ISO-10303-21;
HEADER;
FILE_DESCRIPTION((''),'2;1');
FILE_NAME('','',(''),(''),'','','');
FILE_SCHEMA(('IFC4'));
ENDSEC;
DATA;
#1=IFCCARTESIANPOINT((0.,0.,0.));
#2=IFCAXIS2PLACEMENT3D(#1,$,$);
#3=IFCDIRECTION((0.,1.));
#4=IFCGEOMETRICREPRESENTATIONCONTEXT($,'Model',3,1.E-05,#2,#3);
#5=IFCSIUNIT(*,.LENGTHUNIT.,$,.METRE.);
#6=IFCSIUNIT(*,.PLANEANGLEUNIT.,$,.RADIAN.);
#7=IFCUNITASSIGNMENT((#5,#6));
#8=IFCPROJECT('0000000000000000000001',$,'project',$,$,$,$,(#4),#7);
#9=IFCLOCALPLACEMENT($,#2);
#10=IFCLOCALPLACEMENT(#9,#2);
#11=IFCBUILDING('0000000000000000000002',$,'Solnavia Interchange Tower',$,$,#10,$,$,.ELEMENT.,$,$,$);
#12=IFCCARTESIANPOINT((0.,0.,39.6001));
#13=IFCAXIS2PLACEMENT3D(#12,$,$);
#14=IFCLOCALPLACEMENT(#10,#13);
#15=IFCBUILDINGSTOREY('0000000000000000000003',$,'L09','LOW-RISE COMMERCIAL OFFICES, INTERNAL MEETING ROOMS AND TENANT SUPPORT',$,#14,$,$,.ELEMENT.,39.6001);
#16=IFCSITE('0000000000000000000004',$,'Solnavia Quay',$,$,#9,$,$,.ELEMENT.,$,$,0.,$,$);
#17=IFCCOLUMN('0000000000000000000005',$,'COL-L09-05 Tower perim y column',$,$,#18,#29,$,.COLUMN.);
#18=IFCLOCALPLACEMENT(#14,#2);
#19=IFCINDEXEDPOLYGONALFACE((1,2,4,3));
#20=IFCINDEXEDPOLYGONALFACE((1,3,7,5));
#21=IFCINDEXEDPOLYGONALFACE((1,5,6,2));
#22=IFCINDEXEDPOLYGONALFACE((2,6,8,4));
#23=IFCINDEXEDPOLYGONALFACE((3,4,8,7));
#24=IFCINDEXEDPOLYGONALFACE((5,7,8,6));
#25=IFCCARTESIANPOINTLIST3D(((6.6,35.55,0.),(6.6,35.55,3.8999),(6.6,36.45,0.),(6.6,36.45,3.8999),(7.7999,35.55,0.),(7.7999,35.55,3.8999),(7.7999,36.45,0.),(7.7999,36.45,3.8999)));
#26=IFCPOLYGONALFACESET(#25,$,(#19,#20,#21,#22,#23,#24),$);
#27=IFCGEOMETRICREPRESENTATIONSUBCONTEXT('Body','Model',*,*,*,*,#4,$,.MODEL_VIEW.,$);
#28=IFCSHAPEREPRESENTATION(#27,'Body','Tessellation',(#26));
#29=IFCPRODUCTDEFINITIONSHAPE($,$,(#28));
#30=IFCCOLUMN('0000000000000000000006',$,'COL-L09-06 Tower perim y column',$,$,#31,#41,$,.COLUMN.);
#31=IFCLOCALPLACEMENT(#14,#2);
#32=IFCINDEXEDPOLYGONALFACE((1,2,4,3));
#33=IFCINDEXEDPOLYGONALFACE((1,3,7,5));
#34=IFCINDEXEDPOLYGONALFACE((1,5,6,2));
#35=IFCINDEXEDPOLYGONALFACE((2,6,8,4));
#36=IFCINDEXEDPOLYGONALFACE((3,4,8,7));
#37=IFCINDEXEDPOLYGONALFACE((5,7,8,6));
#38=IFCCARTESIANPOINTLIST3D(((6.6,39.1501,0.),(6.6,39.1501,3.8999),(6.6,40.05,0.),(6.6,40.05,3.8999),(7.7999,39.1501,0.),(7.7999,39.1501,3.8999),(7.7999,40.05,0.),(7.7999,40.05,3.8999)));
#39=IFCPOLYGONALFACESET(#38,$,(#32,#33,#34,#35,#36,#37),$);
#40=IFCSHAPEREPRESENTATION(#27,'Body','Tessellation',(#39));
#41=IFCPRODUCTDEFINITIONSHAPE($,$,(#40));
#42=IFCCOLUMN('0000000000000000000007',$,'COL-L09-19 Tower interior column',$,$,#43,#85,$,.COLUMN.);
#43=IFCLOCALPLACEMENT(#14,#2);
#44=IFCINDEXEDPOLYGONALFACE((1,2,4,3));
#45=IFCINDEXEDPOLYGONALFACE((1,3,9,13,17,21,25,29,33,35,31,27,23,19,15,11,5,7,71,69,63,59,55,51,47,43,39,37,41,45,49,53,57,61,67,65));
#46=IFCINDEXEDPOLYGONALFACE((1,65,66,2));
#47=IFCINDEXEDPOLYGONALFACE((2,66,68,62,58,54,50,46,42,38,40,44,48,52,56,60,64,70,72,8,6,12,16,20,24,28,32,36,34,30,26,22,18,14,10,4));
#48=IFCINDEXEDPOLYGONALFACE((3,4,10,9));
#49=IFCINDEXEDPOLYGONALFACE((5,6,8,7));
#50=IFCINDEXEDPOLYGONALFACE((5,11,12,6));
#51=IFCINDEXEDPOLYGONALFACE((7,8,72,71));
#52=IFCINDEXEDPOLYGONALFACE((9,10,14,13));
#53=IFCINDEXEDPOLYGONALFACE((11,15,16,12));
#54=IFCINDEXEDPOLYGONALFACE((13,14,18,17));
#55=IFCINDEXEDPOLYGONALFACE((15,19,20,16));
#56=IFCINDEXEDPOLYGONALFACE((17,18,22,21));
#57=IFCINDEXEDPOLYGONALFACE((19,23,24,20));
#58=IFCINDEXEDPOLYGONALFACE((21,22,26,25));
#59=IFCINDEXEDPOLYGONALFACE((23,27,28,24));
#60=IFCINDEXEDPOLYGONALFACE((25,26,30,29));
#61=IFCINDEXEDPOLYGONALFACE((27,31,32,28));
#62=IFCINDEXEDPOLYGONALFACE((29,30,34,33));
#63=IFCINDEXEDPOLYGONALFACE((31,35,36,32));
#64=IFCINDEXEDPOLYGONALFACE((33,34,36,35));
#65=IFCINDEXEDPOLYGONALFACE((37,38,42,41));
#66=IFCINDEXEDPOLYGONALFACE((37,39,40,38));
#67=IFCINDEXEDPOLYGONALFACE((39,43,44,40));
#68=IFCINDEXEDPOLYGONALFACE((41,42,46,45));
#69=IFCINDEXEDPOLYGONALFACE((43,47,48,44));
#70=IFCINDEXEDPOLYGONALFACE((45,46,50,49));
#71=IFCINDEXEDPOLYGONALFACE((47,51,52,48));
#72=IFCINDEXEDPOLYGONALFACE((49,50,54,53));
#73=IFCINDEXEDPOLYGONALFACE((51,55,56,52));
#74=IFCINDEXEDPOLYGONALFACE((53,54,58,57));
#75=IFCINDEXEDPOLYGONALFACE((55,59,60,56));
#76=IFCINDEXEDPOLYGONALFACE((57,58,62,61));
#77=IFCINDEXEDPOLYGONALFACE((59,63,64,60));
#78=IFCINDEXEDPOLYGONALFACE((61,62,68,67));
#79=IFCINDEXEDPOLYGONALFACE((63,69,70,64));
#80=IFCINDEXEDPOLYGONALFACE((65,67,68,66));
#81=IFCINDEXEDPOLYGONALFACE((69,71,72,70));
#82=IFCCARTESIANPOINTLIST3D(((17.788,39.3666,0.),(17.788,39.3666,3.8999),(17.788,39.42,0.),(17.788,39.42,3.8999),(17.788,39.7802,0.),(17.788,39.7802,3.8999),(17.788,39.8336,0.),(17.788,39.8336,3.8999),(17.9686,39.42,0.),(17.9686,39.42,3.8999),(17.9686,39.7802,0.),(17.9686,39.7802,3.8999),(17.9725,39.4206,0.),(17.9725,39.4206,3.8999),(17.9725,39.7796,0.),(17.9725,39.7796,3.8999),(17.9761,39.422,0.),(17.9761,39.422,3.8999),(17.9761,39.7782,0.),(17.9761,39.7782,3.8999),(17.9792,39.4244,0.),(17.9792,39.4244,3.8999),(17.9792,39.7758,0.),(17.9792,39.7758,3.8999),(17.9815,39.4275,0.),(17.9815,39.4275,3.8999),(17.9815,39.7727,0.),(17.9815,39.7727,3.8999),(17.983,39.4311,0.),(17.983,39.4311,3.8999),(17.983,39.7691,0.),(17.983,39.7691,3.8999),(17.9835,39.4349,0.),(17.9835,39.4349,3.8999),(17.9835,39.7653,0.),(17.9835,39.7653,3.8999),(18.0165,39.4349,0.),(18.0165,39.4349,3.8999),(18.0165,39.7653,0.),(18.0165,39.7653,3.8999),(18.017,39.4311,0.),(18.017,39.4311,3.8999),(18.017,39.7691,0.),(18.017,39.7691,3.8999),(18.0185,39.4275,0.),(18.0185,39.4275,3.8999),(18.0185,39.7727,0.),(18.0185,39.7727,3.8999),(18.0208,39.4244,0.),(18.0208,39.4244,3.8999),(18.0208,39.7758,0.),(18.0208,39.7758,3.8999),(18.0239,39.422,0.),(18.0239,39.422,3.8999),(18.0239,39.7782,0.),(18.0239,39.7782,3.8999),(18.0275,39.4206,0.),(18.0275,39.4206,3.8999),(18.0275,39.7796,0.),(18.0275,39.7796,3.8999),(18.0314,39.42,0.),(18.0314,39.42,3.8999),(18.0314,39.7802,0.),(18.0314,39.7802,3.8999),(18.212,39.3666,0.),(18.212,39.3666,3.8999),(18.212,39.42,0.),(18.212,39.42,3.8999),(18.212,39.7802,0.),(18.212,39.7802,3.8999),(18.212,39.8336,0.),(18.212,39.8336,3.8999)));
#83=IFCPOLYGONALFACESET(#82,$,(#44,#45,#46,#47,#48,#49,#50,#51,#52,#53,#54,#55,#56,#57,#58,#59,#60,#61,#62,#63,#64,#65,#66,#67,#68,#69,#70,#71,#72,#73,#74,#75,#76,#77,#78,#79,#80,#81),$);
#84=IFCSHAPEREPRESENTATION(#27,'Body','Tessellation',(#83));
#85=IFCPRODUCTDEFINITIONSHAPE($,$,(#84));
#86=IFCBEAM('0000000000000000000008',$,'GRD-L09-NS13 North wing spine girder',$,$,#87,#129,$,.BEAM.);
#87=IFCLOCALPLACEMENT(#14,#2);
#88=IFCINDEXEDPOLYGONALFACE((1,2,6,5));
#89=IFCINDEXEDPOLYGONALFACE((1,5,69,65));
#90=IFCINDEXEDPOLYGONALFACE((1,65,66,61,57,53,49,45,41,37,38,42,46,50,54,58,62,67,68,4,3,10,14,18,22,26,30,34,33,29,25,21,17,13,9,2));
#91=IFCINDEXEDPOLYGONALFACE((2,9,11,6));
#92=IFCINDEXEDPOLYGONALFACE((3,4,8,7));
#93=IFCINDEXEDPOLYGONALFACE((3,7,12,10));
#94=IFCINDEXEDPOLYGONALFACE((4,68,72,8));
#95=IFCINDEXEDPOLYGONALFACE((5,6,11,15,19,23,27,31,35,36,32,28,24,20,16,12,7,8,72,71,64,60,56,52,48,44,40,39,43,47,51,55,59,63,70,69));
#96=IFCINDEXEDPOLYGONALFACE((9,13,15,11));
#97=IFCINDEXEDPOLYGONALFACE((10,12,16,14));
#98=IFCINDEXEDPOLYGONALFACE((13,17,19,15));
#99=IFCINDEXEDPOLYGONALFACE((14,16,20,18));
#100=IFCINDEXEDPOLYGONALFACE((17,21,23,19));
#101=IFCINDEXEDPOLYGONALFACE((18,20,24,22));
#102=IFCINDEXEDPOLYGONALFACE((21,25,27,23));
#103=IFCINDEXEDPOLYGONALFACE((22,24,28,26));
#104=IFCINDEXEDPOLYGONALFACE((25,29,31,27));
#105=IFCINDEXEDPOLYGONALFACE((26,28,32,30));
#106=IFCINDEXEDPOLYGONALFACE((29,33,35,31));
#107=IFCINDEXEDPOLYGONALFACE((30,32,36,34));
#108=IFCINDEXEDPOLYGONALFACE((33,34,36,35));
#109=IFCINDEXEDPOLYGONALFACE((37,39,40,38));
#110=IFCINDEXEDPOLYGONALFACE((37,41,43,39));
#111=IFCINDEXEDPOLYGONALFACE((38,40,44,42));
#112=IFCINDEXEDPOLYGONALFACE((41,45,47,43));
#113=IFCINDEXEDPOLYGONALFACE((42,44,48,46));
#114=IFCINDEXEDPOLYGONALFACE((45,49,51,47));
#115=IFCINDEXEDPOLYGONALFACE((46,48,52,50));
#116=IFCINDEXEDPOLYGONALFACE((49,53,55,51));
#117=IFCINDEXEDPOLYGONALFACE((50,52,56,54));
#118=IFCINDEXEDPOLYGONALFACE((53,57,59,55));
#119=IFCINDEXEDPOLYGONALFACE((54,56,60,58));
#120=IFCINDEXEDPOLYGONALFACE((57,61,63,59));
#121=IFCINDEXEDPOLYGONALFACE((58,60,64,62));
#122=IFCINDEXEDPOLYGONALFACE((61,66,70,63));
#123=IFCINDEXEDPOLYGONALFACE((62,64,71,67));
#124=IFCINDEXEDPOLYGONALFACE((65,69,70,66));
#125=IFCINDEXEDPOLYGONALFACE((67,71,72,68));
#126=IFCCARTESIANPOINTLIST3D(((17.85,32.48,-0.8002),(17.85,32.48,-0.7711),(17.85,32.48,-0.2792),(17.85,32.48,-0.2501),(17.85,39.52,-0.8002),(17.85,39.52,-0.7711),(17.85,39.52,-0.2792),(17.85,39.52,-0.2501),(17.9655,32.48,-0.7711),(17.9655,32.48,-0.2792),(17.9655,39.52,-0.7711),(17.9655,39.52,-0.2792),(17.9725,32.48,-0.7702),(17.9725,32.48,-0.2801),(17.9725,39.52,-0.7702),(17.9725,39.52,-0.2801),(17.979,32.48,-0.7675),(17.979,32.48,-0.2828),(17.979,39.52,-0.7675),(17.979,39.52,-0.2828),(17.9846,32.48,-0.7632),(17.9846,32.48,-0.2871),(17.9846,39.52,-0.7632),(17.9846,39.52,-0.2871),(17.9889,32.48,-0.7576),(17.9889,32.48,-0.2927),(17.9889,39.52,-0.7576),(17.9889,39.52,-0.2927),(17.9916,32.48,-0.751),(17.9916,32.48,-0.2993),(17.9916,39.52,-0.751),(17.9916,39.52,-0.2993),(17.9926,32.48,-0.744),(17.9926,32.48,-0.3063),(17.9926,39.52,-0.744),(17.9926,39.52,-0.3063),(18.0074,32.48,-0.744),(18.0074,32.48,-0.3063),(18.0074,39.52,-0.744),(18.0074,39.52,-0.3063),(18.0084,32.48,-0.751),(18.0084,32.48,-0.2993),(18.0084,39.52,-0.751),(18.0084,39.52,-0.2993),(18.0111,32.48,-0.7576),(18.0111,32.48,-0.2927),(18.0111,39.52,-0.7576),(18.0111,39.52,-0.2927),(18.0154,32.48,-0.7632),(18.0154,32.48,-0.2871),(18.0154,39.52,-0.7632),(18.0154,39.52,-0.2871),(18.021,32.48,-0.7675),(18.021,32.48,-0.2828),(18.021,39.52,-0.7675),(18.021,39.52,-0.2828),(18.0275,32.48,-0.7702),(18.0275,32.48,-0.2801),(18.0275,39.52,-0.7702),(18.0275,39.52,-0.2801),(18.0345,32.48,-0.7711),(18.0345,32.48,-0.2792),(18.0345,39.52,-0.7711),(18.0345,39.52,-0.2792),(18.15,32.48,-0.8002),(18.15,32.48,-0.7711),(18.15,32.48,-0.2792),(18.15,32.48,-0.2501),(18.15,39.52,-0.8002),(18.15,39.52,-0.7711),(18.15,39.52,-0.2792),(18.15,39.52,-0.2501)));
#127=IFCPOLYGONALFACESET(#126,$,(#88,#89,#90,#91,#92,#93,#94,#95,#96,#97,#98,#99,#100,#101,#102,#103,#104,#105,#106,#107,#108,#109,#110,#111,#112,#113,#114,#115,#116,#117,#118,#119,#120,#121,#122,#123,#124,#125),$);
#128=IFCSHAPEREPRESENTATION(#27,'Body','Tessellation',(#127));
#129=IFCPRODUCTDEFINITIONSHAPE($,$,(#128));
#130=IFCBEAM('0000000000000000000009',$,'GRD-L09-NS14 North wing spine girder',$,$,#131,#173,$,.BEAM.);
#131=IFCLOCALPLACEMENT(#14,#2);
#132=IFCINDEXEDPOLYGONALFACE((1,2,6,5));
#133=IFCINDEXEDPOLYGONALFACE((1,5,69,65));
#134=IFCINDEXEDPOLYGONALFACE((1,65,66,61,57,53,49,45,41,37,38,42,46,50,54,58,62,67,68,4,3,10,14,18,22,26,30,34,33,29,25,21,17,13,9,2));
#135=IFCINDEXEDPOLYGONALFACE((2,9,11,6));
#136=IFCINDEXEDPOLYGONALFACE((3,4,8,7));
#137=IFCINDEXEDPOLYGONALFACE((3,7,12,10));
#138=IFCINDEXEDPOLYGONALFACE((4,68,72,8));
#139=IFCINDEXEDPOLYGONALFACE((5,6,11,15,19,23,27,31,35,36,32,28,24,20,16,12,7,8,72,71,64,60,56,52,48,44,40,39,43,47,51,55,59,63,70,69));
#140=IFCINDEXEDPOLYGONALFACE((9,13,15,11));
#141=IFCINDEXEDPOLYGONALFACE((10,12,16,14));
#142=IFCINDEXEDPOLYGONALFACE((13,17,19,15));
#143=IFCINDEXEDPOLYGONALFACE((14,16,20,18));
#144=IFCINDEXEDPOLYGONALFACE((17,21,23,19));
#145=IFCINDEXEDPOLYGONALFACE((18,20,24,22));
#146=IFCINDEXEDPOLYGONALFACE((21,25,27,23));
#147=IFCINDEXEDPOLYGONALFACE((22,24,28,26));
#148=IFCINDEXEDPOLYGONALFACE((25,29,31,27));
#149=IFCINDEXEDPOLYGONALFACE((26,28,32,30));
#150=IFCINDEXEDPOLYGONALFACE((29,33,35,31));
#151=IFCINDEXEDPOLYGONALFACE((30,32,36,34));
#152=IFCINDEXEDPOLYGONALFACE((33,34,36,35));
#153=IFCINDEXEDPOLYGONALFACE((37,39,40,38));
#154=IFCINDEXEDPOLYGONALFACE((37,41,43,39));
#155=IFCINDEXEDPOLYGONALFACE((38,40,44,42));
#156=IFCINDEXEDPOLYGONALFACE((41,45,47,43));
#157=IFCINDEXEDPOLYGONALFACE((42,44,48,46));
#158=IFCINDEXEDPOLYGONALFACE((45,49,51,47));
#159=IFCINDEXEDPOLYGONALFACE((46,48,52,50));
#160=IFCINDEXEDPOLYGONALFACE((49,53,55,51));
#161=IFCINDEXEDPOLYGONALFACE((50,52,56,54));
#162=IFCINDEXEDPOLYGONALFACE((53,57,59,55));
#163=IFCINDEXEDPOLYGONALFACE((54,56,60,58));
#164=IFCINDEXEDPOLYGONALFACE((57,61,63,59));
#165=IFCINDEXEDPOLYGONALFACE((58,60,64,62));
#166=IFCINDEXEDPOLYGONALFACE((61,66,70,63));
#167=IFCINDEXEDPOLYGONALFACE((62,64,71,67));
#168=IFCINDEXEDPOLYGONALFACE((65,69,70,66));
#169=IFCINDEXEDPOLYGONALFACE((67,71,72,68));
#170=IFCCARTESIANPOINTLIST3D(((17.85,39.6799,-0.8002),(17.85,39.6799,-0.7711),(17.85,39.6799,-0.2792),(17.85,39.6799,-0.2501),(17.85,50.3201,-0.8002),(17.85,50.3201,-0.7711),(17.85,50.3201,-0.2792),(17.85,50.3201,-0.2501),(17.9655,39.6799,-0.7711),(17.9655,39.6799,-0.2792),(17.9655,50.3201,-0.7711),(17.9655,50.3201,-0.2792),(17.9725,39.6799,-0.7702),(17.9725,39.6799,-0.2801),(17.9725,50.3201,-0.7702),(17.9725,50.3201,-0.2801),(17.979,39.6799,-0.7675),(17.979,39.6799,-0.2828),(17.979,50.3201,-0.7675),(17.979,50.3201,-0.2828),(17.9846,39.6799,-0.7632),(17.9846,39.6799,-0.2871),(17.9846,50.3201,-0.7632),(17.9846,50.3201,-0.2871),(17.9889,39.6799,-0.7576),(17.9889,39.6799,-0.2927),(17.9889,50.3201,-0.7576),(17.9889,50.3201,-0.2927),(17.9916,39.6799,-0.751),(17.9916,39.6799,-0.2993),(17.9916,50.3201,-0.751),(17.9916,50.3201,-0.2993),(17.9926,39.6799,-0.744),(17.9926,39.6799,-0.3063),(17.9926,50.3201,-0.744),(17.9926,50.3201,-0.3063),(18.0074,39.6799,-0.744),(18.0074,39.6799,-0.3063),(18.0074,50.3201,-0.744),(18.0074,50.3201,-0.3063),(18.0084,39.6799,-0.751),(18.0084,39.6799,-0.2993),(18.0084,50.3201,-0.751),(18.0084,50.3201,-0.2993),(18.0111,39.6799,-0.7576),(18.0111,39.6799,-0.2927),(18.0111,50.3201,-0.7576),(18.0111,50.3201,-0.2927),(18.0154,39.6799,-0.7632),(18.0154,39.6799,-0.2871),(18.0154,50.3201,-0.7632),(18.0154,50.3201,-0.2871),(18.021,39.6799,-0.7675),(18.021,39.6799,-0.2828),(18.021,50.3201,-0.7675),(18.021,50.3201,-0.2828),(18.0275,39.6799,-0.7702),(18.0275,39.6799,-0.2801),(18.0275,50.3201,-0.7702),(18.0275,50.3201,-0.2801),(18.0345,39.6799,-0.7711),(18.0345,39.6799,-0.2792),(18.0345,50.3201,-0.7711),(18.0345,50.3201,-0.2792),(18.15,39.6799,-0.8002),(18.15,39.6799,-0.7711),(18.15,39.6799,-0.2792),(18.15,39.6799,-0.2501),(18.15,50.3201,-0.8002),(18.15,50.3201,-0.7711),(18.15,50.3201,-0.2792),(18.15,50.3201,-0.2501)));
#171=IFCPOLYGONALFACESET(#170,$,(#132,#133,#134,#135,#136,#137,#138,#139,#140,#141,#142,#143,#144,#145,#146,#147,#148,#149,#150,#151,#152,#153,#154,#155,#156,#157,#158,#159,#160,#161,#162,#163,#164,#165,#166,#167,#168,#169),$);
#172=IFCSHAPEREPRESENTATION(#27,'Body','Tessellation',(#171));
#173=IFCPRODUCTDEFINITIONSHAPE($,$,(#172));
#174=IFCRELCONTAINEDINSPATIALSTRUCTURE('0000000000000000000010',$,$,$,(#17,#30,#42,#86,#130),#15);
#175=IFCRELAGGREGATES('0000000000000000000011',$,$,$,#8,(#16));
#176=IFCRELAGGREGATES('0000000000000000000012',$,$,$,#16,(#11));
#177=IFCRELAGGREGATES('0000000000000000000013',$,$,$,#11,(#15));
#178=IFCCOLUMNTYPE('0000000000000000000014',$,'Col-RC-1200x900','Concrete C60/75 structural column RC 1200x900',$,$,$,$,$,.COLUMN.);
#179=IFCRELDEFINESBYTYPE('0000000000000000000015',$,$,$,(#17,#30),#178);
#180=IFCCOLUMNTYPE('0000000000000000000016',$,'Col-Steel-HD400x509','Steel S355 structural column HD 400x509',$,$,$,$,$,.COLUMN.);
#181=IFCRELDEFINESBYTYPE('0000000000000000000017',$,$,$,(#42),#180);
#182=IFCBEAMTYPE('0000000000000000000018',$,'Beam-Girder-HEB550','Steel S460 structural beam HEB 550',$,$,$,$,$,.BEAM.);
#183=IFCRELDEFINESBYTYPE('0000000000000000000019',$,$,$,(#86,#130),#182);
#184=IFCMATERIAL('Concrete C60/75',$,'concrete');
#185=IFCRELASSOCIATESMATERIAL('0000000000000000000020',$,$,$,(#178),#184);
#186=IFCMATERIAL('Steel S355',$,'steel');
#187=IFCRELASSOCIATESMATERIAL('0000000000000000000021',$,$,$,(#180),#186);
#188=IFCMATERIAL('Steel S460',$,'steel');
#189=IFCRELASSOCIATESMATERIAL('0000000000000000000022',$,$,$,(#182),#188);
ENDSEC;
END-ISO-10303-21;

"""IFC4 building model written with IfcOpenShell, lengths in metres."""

from ifc_helpers import new_model, si_unit, direction, frame, origin, origin_2d, place, context, subcontext, project, spatial, rectangle, i_section, extrude, material, material_profile, profile_set, type_object, element, save


model = new_model("IFC4")

# Units and contexts
model_context = context("Model", 3, precision=1e-05, world=origin(), true_north=direction((0.0, 1.0)))
body_context = subcontext(model_context, "Body", "Model", "MODEL_VIEW")
ifc_project = project(units=[si_unit("LENGTHUNIT", "METRE"), si_unit("PLANEANGLEUNIT", "RADIAN")], contexts=[model_context])

# Site, building, storey
site_placement = place(None, origin())
site = spatial("IfcSite", under=ifc_project, at=site_placement, Name="Solnavia Quay", CompositionType="ELEMENT", RefElevation=0.0)
building_placement = place(site_placement, origin())
building = spatial("IfcBuilding", under=site, at=building_placement, Name="Solnavia Interchange Tower", CompositionType="ELEMENT")
storey_placement = place(building_placement, frame((0.0, 0.0, 39.6001)))
storey = spatial("IfcBuildingStorey", under=building, at=storey_placement, Name="L09", Description="LOW-RISE COMMERCIAL OFFICES, INTERNAL MEETING ROOMS AND TENANT SUPPORT", CompositionType="ELEMENT", Elevation=39.6001)

# Columns
ifc_material_1 = material(Name="Concrete C60/75", Category="concrete")
ifc_material_profile_1 = material_profile(ifc_material_1, rectangle(XDim=0.8999, YDim=1.2, at=origin_2d()), Name="RC 1200x900")
ifc_profile_set_1 = profile_set([ifc_material_profile_1], Name="Concrete C60/75")
column_type_1 = type_object("IfcColumnType", Name="Col-RC-1200x900", Description="Concrete C60/75 structural column RC 1200x900", PredefinedType="COLUMN", material=ifc_profile_set_1)
for number, where, z_axis, x_axis, name in (
    (1, (7.2, 36.0, 0.0), (0.0, 0.0, 1.0), (0.0, 1.0, 0.0), "COL-L09-05 Tower perim y column"),
    (2, (7.2, 39.6001, 0.0), (0.0, 0.0, 1.0), (0.0, 1.0, 0.0), "COL-L09-06 Tower perim y column"),
):
    element("IfcColumn", number, at=place(storey_placement, frame(where, z_axis=z_axis, x_axis=x_axis)), inside=storey, type_object=column_type_1, Name=name, PredefinedType="COLUMN", context=body_context, shape_type="SweptSolid", body=[
        extrude(rectangle(XDim=0.8999, YDim=1.2, at=origin_2d()), origin(), (0.0, 0.0, 1.0), 3.8999),
    ])
ifc_material_2 = material(Name="Steel S355", Category="steel")
ifc_material_profile_2 = material_profile(ifc_material_2, i_section(OverallWidth=0.4241, OverallDepth=0.467, WebThickness=0.033, FlangeThickness=0.0535, FilletRadius=0.0149, at=origin_2d()), Name="HD 400x509")
ifc_profile_set_2 = profile_set([ifc_material_profile_2], Name="Steel S355")
column_type_2 = type_object("IfcColumnType", Name="Col-Steel-HD400x509", Description="Steel S355 structural column HD 400x509", PredefinedType="COLUMN", material=ifc_profile_set_2)
column_placement = place(storey_placement, frame((18.0, 39.6001, 0.0), z_axis=(0.0, 0.0, 1.0), x_axis=(1.0, 0.0, 0.0)))
element("IfcColumn", 3, at=column_placement, inside=storey, type_object=column_type_2, Name="COL-L09-19 Tower interior column", PredefinedType="COLUMN", context=body_context, shape_type="SweptSolid", body=[
    extrude(i_section(OverallWidth=0.4241, OverallDepth=0.467, WebThickness=0.033, FlangeThickness=0.0535, FilletRadius=0.0149, at=origin_2d()), origin(), (0.0, 0.0, 1.0), 3.8999),
])

# Beams
ifc_material_3 = material(Name="Steel S460", Category="steel")
ifc_material_profile_3 = material_profile(ifc_material_3, i_section(OverallWidth=0.3, OverallDepth=0.55, WebThickness=0.0149, FlangeThickness=0.0291, FilletRadius=0.0271, at=origin_2d()), Name="HEB 550")
ifc_profile_set_3 = profile_set([ifc_material_profile_3], Name="Steel S460")
beam_type_1 = type_object("IfcBeamType", Name="Beam-Girder-HEB550", Description="Steel S460 structural beam HEB 550", PredefinedType="BEAM", material=ifc_profile_set_3)
beam_1_placement = place(storey_placement, frame((18.0, 32.48, -0.5251), z_axis=(0.0, 1.0, 0.0), x_axis=(-1.0, 0.0, 0.0)))
element("IfcBeam", 4, at=beam_1_placement, inside=storey, type_object=beam_type_1, Name="GRD-L09-NS13 North wing spine girder", PredefinedType="BEAM", context=body_context, shape_type="SweptSolid", body=[
    extrude(i_section(OverallWidth=0.3, OverallDepth=0.55, WebThickness=0.0149, FlangeThickness=0.0291, FilletRadius=0.0271, at=origin_2d()), origin(), (0.0, 0.0, 1.0), 7.04),
])
beam_2_placement = place(storey_placement, frame((18.0, 39.6799, -0.5251), z_axis=(0.0, 1.0, 0.0), x_axis=(-1.0, 0.0, 0.0)))
element("IfcBeam", 5, at=beam_2_placement, inside=storey, type_object=beam_type_1, Name="GRD-L09-NS14 North wing spine girder", PredefinedType="BEAM", context=body_context, shape_type="SweptSolid", body=[
    extrude(i_section(OverallWidth=0.3, OverallDepth=0.55, WebThickness=0.0149, FlangeThickness=0.0291, FilletRadius=0.0271, at=origin_2d()), origin(), (0.0, 0.0, 1.0), 10.6401),
])

save(model, "model.ifc")
